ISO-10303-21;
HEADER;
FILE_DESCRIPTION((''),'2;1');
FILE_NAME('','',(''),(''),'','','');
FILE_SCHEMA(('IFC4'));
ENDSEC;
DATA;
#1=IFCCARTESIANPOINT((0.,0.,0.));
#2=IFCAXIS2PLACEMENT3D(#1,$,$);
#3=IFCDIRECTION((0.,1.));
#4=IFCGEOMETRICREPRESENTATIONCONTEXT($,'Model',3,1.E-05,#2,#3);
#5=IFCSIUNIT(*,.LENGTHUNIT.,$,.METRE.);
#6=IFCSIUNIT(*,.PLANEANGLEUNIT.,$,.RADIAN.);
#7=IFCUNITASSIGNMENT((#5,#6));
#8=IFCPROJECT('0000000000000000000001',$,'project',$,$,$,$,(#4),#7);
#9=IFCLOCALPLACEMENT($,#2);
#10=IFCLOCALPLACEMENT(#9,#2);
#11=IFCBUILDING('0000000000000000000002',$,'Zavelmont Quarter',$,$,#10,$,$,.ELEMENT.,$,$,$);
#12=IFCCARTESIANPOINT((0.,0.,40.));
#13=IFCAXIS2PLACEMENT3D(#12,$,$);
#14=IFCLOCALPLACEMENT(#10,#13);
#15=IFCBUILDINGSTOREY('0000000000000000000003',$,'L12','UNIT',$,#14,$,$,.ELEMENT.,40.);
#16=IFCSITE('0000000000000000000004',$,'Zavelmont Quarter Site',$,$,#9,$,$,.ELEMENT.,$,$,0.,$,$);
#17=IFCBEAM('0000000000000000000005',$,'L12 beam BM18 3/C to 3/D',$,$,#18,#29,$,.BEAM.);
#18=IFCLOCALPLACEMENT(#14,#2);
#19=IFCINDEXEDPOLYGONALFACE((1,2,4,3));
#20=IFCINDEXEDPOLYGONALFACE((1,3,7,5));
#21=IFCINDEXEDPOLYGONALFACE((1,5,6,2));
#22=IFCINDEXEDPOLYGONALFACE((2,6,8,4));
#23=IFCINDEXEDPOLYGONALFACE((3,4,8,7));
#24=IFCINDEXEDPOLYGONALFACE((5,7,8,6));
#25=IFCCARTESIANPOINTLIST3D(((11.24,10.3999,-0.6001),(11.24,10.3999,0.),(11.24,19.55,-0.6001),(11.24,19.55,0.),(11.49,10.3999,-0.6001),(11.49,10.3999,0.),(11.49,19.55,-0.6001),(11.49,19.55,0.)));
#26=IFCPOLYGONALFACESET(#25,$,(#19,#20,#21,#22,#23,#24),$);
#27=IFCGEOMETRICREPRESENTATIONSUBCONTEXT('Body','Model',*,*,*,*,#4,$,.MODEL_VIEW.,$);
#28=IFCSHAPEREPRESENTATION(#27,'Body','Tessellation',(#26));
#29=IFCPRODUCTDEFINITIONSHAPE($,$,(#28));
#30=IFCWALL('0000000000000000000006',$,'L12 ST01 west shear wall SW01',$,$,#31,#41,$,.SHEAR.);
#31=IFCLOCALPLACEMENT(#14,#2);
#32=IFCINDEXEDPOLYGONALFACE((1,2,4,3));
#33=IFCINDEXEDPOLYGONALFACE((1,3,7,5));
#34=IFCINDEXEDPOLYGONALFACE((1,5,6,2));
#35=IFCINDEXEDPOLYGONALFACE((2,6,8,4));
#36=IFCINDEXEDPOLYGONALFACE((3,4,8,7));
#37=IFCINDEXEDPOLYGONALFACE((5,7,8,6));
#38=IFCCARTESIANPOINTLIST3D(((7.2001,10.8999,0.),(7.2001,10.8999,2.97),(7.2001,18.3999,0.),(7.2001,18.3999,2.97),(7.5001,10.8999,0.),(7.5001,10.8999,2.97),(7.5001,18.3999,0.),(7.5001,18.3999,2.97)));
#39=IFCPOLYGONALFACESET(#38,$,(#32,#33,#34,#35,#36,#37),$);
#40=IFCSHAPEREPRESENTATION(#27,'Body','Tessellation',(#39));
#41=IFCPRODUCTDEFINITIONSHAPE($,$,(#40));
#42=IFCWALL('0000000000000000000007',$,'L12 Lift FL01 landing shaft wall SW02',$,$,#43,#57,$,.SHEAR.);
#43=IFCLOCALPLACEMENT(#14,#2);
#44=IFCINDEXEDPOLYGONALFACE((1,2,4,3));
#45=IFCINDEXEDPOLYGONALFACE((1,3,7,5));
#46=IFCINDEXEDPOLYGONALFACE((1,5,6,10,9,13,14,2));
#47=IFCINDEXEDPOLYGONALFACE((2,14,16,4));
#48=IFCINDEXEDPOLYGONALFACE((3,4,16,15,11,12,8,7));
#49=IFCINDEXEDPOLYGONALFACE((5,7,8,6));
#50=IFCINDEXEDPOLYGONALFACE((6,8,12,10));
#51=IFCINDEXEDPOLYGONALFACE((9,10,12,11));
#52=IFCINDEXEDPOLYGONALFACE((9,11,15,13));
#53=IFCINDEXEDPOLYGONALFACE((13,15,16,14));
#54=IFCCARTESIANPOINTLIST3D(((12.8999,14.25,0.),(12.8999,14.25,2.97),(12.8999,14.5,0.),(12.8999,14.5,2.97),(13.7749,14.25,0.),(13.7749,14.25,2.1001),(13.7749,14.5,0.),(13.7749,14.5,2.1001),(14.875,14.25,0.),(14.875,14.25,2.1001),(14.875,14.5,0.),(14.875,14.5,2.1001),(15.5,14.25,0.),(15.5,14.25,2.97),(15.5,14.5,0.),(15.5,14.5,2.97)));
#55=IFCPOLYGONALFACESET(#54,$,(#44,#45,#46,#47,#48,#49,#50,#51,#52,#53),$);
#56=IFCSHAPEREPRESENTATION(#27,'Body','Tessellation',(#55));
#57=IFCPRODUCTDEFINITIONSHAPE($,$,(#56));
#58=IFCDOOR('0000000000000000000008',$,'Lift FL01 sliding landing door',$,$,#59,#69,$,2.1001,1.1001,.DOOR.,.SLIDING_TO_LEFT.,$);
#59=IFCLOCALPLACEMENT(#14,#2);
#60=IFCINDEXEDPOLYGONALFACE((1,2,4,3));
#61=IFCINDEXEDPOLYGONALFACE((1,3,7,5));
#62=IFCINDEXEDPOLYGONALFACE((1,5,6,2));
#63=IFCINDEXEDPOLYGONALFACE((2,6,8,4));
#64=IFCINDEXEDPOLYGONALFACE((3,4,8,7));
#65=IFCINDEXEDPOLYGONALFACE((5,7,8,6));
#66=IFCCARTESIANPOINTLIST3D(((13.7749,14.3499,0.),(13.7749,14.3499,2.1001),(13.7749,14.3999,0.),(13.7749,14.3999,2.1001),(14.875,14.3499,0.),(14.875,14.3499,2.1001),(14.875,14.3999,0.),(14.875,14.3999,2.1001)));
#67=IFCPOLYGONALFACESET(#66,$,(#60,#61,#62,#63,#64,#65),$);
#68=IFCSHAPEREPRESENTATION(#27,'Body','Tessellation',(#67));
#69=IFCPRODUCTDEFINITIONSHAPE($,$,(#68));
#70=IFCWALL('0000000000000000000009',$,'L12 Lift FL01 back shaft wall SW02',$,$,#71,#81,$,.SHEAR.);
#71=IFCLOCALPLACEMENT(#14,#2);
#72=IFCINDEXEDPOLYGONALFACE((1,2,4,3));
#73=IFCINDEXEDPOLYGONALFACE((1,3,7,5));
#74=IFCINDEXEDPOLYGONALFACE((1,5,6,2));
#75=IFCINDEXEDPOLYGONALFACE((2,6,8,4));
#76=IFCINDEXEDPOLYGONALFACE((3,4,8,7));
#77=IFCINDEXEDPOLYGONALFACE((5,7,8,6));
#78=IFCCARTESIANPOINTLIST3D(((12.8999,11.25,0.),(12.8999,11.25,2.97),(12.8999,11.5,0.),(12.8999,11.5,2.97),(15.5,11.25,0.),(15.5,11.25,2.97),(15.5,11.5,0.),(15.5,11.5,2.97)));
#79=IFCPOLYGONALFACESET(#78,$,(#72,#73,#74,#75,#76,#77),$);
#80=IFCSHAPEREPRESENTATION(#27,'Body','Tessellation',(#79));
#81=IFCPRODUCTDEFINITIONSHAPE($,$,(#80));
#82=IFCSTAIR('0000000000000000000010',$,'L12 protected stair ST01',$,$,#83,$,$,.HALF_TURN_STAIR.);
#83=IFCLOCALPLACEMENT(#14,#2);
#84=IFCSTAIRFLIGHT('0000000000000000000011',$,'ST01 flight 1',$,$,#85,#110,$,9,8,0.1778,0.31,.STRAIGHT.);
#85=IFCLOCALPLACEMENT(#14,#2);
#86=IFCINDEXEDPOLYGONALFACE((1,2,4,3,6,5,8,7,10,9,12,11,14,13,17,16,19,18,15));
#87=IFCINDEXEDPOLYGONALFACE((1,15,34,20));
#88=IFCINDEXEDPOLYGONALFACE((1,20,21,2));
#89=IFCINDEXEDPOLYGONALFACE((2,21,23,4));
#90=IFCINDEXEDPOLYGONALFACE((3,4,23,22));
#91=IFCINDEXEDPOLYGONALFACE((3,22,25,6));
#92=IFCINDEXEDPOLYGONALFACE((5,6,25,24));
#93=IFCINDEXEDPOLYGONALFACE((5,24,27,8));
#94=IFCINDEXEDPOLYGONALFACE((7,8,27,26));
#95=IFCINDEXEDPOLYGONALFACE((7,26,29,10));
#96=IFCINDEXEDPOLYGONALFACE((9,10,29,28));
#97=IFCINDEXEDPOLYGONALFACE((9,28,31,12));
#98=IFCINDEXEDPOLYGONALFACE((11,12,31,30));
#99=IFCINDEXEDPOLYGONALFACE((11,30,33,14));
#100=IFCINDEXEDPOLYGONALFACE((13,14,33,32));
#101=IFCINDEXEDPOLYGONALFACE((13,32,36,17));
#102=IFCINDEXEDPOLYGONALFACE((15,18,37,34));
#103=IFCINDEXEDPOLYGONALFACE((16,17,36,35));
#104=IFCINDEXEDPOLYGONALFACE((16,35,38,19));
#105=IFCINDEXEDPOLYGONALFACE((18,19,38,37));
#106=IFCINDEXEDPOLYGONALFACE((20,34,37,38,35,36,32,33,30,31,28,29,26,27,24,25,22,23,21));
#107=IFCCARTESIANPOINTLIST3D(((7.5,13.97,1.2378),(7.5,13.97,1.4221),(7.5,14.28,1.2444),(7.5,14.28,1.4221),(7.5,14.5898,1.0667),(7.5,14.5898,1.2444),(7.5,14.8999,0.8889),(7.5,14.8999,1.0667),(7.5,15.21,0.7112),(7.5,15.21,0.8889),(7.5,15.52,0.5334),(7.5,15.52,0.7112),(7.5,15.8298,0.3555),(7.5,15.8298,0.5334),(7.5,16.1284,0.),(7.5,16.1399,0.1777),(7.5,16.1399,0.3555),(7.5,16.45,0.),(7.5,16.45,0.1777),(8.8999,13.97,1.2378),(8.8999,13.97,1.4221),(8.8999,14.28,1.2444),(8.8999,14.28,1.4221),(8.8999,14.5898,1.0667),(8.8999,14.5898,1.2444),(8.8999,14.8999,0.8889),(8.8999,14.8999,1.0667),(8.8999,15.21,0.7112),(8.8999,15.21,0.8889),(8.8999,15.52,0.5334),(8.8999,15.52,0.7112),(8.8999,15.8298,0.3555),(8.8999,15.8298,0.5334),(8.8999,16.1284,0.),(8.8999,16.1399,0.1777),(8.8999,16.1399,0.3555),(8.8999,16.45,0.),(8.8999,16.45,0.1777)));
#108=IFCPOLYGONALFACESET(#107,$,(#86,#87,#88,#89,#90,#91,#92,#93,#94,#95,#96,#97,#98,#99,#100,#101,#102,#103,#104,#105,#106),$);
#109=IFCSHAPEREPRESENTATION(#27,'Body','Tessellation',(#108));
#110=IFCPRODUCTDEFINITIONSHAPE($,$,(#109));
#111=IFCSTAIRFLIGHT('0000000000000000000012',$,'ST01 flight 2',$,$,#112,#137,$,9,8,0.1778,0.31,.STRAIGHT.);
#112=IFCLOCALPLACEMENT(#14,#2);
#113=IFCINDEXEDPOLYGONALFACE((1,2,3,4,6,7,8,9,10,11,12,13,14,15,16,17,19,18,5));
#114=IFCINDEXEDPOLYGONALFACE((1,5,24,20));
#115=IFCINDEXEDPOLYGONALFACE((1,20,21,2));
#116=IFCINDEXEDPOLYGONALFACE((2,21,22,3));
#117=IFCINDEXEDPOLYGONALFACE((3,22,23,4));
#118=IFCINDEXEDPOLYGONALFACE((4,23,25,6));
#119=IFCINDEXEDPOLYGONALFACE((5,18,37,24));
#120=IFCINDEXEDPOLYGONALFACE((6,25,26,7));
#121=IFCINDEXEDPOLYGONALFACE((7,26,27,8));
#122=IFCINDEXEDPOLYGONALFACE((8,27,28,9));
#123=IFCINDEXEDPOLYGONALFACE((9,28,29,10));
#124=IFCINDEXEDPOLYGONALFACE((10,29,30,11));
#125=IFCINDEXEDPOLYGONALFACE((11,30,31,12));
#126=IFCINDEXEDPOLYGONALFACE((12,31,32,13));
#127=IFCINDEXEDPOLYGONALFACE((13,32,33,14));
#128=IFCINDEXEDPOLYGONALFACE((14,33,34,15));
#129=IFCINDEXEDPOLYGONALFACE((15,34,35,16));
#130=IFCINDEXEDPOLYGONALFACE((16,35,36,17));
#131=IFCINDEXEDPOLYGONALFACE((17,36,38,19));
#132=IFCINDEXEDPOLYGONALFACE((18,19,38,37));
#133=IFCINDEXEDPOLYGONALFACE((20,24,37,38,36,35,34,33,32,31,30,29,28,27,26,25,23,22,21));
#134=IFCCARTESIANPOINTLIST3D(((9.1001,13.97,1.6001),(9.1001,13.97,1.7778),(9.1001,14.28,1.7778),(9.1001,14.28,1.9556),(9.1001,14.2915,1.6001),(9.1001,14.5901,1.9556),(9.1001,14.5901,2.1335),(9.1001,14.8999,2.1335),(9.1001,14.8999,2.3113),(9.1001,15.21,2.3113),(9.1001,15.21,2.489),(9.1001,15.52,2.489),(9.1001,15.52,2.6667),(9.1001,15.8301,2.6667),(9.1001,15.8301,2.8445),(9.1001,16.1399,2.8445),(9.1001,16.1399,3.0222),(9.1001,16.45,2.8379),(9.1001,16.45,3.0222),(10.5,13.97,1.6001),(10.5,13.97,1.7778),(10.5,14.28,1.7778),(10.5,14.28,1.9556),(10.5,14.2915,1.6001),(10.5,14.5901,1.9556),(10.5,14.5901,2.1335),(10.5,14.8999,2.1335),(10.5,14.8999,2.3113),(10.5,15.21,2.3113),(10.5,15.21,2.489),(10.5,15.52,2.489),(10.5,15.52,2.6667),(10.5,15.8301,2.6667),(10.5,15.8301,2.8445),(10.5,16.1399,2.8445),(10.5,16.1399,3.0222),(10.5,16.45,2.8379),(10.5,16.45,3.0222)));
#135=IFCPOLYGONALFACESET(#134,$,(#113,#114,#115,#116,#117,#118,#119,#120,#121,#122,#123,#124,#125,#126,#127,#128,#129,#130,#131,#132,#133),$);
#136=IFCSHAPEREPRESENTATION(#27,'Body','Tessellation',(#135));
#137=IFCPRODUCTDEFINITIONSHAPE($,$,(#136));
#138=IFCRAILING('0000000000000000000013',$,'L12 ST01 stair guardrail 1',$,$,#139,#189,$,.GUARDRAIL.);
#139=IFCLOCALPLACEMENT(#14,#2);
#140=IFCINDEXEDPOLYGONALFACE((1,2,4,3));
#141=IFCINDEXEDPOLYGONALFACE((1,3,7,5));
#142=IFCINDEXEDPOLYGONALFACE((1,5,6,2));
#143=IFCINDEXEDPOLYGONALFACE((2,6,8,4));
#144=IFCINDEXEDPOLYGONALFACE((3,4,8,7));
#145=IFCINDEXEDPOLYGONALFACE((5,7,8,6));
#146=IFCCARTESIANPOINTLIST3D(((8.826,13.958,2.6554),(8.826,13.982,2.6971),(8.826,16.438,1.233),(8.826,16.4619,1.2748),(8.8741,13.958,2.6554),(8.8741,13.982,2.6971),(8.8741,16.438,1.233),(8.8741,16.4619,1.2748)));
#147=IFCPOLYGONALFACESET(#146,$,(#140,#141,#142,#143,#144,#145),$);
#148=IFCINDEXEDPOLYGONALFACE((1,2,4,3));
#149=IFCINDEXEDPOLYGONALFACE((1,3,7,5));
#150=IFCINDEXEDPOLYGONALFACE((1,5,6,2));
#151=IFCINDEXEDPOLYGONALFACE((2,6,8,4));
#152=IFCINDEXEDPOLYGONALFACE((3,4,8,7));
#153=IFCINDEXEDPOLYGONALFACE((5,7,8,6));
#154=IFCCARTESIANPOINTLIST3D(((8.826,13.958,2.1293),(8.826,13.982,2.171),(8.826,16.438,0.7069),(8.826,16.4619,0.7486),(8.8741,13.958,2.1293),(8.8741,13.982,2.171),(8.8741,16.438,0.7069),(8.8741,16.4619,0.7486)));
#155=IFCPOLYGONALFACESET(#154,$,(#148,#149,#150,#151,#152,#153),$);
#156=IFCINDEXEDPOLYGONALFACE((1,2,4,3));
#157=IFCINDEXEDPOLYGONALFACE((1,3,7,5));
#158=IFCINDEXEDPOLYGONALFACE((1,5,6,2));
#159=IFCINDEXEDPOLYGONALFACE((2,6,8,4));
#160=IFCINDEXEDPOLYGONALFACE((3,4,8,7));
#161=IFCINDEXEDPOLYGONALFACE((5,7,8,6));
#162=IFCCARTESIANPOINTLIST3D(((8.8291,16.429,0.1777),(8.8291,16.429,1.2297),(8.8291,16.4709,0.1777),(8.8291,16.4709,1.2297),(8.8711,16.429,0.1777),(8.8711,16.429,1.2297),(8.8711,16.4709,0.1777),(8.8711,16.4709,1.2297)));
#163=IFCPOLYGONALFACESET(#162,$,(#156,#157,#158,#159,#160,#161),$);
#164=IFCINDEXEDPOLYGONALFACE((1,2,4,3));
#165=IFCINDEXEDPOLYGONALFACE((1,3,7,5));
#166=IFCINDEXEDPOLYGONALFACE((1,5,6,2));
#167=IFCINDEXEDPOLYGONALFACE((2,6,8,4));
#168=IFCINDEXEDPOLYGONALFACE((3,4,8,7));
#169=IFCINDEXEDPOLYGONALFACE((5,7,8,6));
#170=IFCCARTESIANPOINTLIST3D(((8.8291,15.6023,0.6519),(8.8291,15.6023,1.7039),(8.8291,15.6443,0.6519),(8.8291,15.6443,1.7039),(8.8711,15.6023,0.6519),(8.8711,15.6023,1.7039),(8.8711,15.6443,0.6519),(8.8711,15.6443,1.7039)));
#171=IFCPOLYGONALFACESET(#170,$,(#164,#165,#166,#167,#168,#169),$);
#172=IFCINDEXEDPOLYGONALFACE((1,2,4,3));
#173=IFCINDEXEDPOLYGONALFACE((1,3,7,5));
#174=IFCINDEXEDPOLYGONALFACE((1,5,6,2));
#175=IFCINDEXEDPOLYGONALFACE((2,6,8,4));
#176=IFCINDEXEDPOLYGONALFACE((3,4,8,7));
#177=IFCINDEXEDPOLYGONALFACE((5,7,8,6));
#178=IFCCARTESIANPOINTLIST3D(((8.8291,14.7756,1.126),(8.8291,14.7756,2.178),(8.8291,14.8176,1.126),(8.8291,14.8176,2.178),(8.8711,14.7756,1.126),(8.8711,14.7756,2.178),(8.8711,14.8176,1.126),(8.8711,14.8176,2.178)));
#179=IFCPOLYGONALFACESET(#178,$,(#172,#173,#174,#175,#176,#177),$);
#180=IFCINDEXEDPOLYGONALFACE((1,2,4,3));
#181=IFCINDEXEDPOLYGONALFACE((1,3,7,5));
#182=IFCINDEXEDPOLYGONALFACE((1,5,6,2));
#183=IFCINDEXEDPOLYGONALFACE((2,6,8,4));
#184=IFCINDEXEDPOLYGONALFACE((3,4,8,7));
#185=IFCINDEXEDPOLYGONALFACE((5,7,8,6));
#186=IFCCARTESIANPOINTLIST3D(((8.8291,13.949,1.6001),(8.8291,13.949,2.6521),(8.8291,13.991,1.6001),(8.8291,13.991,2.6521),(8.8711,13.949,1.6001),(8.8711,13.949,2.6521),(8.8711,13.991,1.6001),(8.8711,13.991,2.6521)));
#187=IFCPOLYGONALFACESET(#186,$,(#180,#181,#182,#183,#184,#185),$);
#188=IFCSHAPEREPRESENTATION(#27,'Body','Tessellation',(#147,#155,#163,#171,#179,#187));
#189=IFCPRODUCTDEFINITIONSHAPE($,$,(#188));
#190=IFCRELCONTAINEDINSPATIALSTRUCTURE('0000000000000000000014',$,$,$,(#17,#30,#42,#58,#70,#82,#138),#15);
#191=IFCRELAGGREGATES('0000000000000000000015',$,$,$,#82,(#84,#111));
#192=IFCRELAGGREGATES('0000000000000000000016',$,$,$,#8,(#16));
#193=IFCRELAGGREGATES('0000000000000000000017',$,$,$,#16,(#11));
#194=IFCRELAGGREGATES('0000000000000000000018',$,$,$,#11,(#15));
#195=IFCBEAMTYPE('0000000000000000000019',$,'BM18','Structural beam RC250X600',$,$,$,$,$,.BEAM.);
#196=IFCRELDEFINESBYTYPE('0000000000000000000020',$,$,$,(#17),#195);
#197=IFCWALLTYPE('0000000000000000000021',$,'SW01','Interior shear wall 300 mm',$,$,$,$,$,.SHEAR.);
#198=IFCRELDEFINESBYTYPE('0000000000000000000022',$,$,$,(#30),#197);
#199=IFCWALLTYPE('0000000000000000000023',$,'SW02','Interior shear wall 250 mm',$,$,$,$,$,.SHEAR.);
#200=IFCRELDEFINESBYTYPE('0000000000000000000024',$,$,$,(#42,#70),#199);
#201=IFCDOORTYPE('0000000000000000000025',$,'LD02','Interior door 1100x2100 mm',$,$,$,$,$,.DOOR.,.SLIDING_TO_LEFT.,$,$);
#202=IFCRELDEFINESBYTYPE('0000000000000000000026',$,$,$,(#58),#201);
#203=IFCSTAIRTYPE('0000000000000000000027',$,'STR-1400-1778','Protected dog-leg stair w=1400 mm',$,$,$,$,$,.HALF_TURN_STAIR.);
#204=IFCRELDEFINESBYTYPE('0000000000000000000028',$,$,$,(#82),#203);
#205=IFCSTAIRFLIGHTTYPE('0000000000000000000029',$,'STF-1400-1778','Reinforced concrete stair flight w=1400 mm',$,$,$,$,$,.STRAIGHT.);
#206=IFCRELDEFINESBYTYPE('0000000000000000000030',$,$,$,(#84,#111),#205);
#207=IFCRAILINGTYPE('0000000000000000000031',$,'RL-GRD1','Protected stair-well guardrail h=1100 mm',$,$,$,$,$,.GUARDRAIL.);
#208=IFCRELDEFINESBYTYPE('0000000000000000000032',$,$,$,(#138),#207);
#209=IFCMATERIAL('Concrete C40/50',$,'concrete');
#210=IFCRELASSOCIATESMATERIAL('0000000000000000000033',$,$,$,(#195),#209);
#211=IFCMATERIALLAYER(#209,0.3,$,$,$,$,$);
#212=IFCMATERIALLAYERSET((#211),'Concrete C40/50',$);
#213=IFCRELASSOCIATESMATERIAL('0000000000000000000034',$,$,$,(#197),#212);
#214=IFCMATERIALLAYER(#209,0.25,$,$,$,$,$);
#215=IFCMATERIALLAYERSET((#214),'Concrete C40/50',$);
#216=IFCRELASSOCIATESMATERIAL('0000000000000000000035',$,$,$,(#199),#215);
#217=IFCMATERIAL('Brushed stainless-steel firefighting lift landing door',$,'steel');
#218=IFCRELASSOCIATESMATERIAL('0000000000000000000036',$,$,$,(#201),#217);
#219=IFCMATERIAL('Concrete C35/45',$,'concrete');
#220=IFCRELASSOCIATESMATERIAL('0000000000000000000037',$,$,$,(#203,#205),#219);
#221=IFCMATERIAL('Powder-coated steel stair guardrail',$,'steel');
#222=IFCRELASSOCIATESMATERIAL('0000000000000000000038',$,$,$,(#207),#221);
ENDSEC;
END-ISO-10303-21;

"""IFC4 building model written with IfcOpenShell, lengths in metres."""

from ifc_helpers import new_model, si_unit, direction, frame, frame_2d, origin, origin_with_axes, origin_2d, place, context, subcontext, project, spatial, polyline, rectangle, outline, extrude, material, layer, layer_set, material_profile, profile_set, type_object, element, fill, aggregate, save


model = new_model("IFC4")

# Units and contexts
model_context = context("Model", 3, precision=1e-05, world=origin(), true_north=direction((0.0, 1.0)))
body_context = subcontext(model_context, "Body", "Model", "MODEL_VIEW")
ifc_project = project(units=[si_unit("LENGTHUNIT", "METRE"), si_unit("PLANEANGLEUNIT", "RADIAN")], contexts=[model_context])

# Site, building, storey
site_placement = place(None, origin())
site = spatial("IfcSite", under=ifc_project, at=site_placement, Name="Zavelmont Quarter Site", CompositionType="ELEMENT", RefElevation=0.0)
building_placement = place(site_placement, origin())
building = spatial("IfcBuilding", under=site, at=building_placement, Name="Zavelmont Quarter", CompositionType="ELEMENT")
storey_placement = place(building_placement, frame((0.0, 0.0, 40.0)))
storey = spatial("IfcBuildingStorey", under=building, at=storey_placement, Name="L12", Description="UNIT", CompositionType="ELEMENT", Elevation=40.0)

# Beam
ifc_material_1 = material(Name="Concrete C40/50", Category="concrete")
ifc_material_profile = material_profile(ifc_material_1, rectangle(XDim=0.25, YDim=0.6001, at=origin_2d()), Name="RC250X600")
ifc_profile_set = profile_set([ifc_material_profile], Name="Concrete C40/50")
beam_type = type_object("IfcBeamType", Name="BM18", Description="Structural beam RC250X600", PredefinedType="BEAM", material=ifc_profile_set)
beam_placement = place(storey_placement, frame((11.365, 10.3999, -0.3), z_axis=(0.0, 1.0, 0.0), x_axis=(-1.0, 0.0, 0.0)))
element("IfcBeam", 1, at=beam_placement, inside=storey, type_object=beam_type, Name="L12 beam BM18 3/C to 3/D", PredefinedType="BEAM", context=body_context, shape_type="SweptSolid", body=[
    extrude(rectangle(XDim=0.25, YDim=0.6001, at=origin_2d()), origin(), (0.0, 0.0, 1.0), 9.1501),
])

# Wall
ifc_layer_1 = layer(ifc_material_1, 0.3)
ifc_layer_set_1 = layer_set([ifc_layer_1], Name="Concrete C40/50")
wall_type_1 = type_object("IfcWallType", Name="SW01", Description="Interior shear wall 300 mm", PredefinedType="SHEAR", material=ifc_layer_set_1)
wall_1_placement = place(storey_placement, frame((7.3501, 10.8999, 0.0), z_axis=(0.0, 0.0, 1.0), x_axis=(0.0, 1.0, 0.0)))
element("IfcWall", 2, at=wall_1_placement, inside=storey, type_object=wall_type_1, Name="L12 ST01 west shear wall SW01", PredefinedType="SHEAR", context=body_context, shape_type="SweptSolid", body=[
    extrude(rectangle(XDim=7.5, YDim=0.3, at=frame_2d((3.75, 0.0))), origin(), (0.0, 0.0, 1.0), 2.97),
])

# Wall, opening, door
ifc_layer_2 = layer(ifc_material_1, 0.25)
ifc_layer_set_2 = layer_set([ifc_layer_2], Name="Concrete C40/50")
wall_type_2 = type_object("IfcWallType", Name="SW02", Description="Interior shear wall 250 mm", PredefinedType="SHEAR", material=ifc_layer_set_2)
wall_2_placement = place(storey_placement, frame((12.8999, 14.375, 0.0), z_axis=(0.0, 0.0, 1.0), x_axis=(1.0, 0.0, 0.0)))
wall_2 = element("IfcWall", 3, at=wall_2_placement, inside=storey, type_object=wall_type_2, Name="L12 Lift FL01 landing shaft wall SW02", PredefinedType="SHEAR", context=body_context, shape_type="SweptSolid", body=[
    extrude(rectangle(XDim=2.6001, YDim=0.25, at=frame_2d((1.3, 0.0))), origin(), (0.0, 0.0, 1.0), 2.97),
])
opening_1_placement = place(wall_2_placement, frame((0.875, 0.0, 0.0)))
opening_1 = element("IfcOpeningElement", 4, at=opening_1_placement, cuts=wall_2, PredefinedType="OPENING", context=body_context, shape_type="SweptSolid", body=[
    extrude(rectangle(XDim=1.1001, YDim=2.1001, at=frame_2d((0.55, 1.05))), frame((0.0, 0.137, 0.0), z_axis=(0.0, -1.0, 0.0), x_axis=(1.0, 0.0, 0.0)), (0.0, 0.0, 1.0), 0.2739),
])
ifc_material_2 = material(Name="Brushed stainless-steel firefighting lift landing door", Category="steel")
door_type_1 = type_object("IfcDoorType", Name="LD02", Description="Interior door 1100x2100 mm", OperationType="SLIDING_TO_LEFT", PredefinedType="DOOR", material=ifc_material_2)
door_1_placement = place(opening_1_placement, origin_with_axes())
door_1 = element("IfcDoor", 5, at=door_1_placement, inside=storey, type_object=door_type_1, Name="Lift FL01 sliding landing door", OperationType="SLIDING_TO_LEFT", OverallHeight=2.1001, OverallWidth=1.1001, PredefinedType="DOOR", context=body_context, shape_type="SweptSolid", body=[
    extrude(rectangle(XDim=1.1001, YDim=2.1001, at=frame_2d((0.55, 1.05))), frame((0.0, 0.0249, 0.0), z_axis=(0.0, -1.0, 0.0), x_axis=(1.0, 0.0, 0.0)), (0.0, 0.0, 1.0), 0.05),
])
fill(opening_1, door_1)

# Wall
wall_3_placement = place(storey_placement, frame((12.8999, 11.375, 0.0), z_axis=(0.0, 0.0, 1.0), x_axis=(1.0, 0.0, 0.0)))
element("IfcWall", 6, at=wall_3_placement, inside=storey, type_object=wall_type_2, Name="L12 Lift FL01 back shaft wall SW02", PredefinedType="SHEAR", context=body_context, shape_type="SweptSolid", body=[
    extrude(rectangle(XDim=2.6001, YDim=0.25, at=frame_2d((1.3, 0.0))), origin(), (0.0, 0.0, 1.0), 2.97),
])

# Stair, stair flights
ifc_material_3 = material(Name="Concrete C35/45", Category="concrete")
stair_type = type_object("IfcStairType", Name="STR-1400-1778", Description="Protected dog-leg stair w=1400 mm", PredefinedType="HALF_TURN_STAIR", material=ifc_material_3)
stair_placement = place(storey_placement, origin())
stair = element("IfcStair", 7, at=stair_placement, inside=storey, type_object=stair_type, Name="L12 protected stair ST01", PredefinedType="HALF_TURN_STAIR")
stair_flight_type = type_object("IfcStairFlightType", Name="STF-1400-1778", Description="Reinforced concrete stair flight w=1400 mm", PredefinedType="STRAIGHT", material=ifc_material_3)
stair_flight_1_placement = place(storey_placement, frame((8.2, 16.45, 0.0), z_axis=(0.0, 0.0, 1.0), x_axis=(0.0, -1.0, 0.0)))
stair_flight_1 = element("IfcStairFlight", 8, at=stair_flight_1_placement, type_object=stair_flight_type, Name="ST01 flight 1", NumberOfRisers=9, NumberOfTreads=8, PredefinedType="STRAIGHT", RiserHeight=0.1778, TreadLength=0.31, context=body_context, shape_type="SweptSolid", body=[
    extrude(outline(polyline([(0.0, 0.0), (0.0, 0.1777), (0.3101, 0.1777), (0.3101, 0.3555), (0.6201, 0.3555), (0.6201, 0.5334), (0.9299, 0.5334), (0.9299, 0.7112), (1.24, 0.7112), (1.24, 0.8889), (1.55, 0.8889), (1.55, 1.0667), (1.8601, 1.0667), (1.8601, 1.2444), (2.1699, 1.2444), (2.1699, 1.4221), (2.48, 1.4221), (2.48, 1.6001), (2.48, 1.2378), (0.3215, 0.0), (0.0, 0.0)])), frame((0.0, 0.7, 0.0), z_axis=(0.0, -1.0, 0.0), x_axis=(1.0, 0.0, 0.0)), (0.0, 0.0, 1.0), 1.3999),
])
stair_flight_2_placement = place(storey_placement, frame((9.8, 13.97, 1.6001), z_axis=(0.0, 0.0, 1.0), x_axis=(0.0, 1.0, 0.0)))
stair_flight_2 = element("IfcStairFlight", 9, at=stair_flight_2_placement, type_object=stair_flight_type, Name="ST01 flight 2", NumberOfRisers=9, NumberOfTreads=8, PredefinedType="STRAIGHT", RiserHeight=0.1778, TreadLength=0.31, context=body_context, shape_type="SweptSolid", body=[
    extrude(outline(polyline([(0.0, 0.0), (0.0, 0.1777), (0.3101, 0.1777), (0.3101, 0.3555), (0.6201, 0.3555), (0.6201, 0.5334), (0.9299, 0.5334), (0.9299, 0.7112), (1.24, 0.7112), (1.24, 0.8889), (1.55, 0.8889), (1.55, 1.0667), (1.8601, 1.0667), (1.8601, 1.2444), (2.1699, 1.2444), (2.1699, 1.4221), (2.48, 1.4221), (2.48, 1.6001), (2.48, 1.2378), (0.3215, 0.0), (0.0, 0.0)])), frame((0.0, 0.7, 0.0), z_axis=(0.0, -1.0, 0.0), x_axis=(1.0, 0.0, 0.0)), (0.0, 0.0, 1.0), 1.3999),
])
aggregate(stair, [stair_flight_1, stair_flight_2])

# Railing
ifc_material_4 = material(Name="Powder-coated steel stair guardrail", Category="steel")
railing_type_1 = type_object("IfcRailingType", Name="RL-GRD1", Description="Protected stair-well guardrail h=1100 mm", PredefinedType="GUARDRAIL", material=ifc_material_4)
railing_1_placement = place(storey_placement, frame((8.8501, 16.45, 0.1777)))
element("IfcRailing", 10, at=railing_1_placement, inside=storey, type_object=railing_type_1, Name="L12 ST01 stair guardrail 1", PredefinedType="GUARDRAIL", context=body_context, shape_type="SweptSolid", body=[
    extrude(rectangle(XDim=0.0481, YDim=0.0481, at=origin_2d()), frame((0.0, 0.0, 1.0762), z_axis=(0.0, -0.867454, 0.497518), x_axis=(1.0, 0.0, 0.0)), (0.0, 0.0, 1.0), 2.8589),
    extrude(rectangle(XDim=0.0481, YDim=0.0481, at=origin_2d()), frame((0.0, 0.0, 0.55), z_axis=(0.0, -0.867454, 0.497518), x_axis=(1.0, 0.0, 0.0)), (0.0, 0.0, 1.0), 2.8589),
    extrude(rectangle(XDim=0.042, YDim=0.042, at=origin_2d()), origin(), (0.0, 0.0, 1.0), 1.052),
    extrude(rectangle(XDim=0.042, YDim=0.042, at=origin_2d()), frame((0.0, -0.8267, 0.4741)), (0.0, 0.0, 1.0), 1.052),
    extrude(rectangle(XDim=0.042, YDim=0.042, at=origin_2d()), frame((0.0, -1.6533, 0.9482)), (0.0, 0.0, 1.0), 1.052),
    extrude(rectangle(XDim=0.042, YDim=0.042, at=origin_2d()), frame((0.0, -2.48, 1.4224)), (0.0, 0.0, 1.0), 1.052),
])

save(model, "model.ifc")
